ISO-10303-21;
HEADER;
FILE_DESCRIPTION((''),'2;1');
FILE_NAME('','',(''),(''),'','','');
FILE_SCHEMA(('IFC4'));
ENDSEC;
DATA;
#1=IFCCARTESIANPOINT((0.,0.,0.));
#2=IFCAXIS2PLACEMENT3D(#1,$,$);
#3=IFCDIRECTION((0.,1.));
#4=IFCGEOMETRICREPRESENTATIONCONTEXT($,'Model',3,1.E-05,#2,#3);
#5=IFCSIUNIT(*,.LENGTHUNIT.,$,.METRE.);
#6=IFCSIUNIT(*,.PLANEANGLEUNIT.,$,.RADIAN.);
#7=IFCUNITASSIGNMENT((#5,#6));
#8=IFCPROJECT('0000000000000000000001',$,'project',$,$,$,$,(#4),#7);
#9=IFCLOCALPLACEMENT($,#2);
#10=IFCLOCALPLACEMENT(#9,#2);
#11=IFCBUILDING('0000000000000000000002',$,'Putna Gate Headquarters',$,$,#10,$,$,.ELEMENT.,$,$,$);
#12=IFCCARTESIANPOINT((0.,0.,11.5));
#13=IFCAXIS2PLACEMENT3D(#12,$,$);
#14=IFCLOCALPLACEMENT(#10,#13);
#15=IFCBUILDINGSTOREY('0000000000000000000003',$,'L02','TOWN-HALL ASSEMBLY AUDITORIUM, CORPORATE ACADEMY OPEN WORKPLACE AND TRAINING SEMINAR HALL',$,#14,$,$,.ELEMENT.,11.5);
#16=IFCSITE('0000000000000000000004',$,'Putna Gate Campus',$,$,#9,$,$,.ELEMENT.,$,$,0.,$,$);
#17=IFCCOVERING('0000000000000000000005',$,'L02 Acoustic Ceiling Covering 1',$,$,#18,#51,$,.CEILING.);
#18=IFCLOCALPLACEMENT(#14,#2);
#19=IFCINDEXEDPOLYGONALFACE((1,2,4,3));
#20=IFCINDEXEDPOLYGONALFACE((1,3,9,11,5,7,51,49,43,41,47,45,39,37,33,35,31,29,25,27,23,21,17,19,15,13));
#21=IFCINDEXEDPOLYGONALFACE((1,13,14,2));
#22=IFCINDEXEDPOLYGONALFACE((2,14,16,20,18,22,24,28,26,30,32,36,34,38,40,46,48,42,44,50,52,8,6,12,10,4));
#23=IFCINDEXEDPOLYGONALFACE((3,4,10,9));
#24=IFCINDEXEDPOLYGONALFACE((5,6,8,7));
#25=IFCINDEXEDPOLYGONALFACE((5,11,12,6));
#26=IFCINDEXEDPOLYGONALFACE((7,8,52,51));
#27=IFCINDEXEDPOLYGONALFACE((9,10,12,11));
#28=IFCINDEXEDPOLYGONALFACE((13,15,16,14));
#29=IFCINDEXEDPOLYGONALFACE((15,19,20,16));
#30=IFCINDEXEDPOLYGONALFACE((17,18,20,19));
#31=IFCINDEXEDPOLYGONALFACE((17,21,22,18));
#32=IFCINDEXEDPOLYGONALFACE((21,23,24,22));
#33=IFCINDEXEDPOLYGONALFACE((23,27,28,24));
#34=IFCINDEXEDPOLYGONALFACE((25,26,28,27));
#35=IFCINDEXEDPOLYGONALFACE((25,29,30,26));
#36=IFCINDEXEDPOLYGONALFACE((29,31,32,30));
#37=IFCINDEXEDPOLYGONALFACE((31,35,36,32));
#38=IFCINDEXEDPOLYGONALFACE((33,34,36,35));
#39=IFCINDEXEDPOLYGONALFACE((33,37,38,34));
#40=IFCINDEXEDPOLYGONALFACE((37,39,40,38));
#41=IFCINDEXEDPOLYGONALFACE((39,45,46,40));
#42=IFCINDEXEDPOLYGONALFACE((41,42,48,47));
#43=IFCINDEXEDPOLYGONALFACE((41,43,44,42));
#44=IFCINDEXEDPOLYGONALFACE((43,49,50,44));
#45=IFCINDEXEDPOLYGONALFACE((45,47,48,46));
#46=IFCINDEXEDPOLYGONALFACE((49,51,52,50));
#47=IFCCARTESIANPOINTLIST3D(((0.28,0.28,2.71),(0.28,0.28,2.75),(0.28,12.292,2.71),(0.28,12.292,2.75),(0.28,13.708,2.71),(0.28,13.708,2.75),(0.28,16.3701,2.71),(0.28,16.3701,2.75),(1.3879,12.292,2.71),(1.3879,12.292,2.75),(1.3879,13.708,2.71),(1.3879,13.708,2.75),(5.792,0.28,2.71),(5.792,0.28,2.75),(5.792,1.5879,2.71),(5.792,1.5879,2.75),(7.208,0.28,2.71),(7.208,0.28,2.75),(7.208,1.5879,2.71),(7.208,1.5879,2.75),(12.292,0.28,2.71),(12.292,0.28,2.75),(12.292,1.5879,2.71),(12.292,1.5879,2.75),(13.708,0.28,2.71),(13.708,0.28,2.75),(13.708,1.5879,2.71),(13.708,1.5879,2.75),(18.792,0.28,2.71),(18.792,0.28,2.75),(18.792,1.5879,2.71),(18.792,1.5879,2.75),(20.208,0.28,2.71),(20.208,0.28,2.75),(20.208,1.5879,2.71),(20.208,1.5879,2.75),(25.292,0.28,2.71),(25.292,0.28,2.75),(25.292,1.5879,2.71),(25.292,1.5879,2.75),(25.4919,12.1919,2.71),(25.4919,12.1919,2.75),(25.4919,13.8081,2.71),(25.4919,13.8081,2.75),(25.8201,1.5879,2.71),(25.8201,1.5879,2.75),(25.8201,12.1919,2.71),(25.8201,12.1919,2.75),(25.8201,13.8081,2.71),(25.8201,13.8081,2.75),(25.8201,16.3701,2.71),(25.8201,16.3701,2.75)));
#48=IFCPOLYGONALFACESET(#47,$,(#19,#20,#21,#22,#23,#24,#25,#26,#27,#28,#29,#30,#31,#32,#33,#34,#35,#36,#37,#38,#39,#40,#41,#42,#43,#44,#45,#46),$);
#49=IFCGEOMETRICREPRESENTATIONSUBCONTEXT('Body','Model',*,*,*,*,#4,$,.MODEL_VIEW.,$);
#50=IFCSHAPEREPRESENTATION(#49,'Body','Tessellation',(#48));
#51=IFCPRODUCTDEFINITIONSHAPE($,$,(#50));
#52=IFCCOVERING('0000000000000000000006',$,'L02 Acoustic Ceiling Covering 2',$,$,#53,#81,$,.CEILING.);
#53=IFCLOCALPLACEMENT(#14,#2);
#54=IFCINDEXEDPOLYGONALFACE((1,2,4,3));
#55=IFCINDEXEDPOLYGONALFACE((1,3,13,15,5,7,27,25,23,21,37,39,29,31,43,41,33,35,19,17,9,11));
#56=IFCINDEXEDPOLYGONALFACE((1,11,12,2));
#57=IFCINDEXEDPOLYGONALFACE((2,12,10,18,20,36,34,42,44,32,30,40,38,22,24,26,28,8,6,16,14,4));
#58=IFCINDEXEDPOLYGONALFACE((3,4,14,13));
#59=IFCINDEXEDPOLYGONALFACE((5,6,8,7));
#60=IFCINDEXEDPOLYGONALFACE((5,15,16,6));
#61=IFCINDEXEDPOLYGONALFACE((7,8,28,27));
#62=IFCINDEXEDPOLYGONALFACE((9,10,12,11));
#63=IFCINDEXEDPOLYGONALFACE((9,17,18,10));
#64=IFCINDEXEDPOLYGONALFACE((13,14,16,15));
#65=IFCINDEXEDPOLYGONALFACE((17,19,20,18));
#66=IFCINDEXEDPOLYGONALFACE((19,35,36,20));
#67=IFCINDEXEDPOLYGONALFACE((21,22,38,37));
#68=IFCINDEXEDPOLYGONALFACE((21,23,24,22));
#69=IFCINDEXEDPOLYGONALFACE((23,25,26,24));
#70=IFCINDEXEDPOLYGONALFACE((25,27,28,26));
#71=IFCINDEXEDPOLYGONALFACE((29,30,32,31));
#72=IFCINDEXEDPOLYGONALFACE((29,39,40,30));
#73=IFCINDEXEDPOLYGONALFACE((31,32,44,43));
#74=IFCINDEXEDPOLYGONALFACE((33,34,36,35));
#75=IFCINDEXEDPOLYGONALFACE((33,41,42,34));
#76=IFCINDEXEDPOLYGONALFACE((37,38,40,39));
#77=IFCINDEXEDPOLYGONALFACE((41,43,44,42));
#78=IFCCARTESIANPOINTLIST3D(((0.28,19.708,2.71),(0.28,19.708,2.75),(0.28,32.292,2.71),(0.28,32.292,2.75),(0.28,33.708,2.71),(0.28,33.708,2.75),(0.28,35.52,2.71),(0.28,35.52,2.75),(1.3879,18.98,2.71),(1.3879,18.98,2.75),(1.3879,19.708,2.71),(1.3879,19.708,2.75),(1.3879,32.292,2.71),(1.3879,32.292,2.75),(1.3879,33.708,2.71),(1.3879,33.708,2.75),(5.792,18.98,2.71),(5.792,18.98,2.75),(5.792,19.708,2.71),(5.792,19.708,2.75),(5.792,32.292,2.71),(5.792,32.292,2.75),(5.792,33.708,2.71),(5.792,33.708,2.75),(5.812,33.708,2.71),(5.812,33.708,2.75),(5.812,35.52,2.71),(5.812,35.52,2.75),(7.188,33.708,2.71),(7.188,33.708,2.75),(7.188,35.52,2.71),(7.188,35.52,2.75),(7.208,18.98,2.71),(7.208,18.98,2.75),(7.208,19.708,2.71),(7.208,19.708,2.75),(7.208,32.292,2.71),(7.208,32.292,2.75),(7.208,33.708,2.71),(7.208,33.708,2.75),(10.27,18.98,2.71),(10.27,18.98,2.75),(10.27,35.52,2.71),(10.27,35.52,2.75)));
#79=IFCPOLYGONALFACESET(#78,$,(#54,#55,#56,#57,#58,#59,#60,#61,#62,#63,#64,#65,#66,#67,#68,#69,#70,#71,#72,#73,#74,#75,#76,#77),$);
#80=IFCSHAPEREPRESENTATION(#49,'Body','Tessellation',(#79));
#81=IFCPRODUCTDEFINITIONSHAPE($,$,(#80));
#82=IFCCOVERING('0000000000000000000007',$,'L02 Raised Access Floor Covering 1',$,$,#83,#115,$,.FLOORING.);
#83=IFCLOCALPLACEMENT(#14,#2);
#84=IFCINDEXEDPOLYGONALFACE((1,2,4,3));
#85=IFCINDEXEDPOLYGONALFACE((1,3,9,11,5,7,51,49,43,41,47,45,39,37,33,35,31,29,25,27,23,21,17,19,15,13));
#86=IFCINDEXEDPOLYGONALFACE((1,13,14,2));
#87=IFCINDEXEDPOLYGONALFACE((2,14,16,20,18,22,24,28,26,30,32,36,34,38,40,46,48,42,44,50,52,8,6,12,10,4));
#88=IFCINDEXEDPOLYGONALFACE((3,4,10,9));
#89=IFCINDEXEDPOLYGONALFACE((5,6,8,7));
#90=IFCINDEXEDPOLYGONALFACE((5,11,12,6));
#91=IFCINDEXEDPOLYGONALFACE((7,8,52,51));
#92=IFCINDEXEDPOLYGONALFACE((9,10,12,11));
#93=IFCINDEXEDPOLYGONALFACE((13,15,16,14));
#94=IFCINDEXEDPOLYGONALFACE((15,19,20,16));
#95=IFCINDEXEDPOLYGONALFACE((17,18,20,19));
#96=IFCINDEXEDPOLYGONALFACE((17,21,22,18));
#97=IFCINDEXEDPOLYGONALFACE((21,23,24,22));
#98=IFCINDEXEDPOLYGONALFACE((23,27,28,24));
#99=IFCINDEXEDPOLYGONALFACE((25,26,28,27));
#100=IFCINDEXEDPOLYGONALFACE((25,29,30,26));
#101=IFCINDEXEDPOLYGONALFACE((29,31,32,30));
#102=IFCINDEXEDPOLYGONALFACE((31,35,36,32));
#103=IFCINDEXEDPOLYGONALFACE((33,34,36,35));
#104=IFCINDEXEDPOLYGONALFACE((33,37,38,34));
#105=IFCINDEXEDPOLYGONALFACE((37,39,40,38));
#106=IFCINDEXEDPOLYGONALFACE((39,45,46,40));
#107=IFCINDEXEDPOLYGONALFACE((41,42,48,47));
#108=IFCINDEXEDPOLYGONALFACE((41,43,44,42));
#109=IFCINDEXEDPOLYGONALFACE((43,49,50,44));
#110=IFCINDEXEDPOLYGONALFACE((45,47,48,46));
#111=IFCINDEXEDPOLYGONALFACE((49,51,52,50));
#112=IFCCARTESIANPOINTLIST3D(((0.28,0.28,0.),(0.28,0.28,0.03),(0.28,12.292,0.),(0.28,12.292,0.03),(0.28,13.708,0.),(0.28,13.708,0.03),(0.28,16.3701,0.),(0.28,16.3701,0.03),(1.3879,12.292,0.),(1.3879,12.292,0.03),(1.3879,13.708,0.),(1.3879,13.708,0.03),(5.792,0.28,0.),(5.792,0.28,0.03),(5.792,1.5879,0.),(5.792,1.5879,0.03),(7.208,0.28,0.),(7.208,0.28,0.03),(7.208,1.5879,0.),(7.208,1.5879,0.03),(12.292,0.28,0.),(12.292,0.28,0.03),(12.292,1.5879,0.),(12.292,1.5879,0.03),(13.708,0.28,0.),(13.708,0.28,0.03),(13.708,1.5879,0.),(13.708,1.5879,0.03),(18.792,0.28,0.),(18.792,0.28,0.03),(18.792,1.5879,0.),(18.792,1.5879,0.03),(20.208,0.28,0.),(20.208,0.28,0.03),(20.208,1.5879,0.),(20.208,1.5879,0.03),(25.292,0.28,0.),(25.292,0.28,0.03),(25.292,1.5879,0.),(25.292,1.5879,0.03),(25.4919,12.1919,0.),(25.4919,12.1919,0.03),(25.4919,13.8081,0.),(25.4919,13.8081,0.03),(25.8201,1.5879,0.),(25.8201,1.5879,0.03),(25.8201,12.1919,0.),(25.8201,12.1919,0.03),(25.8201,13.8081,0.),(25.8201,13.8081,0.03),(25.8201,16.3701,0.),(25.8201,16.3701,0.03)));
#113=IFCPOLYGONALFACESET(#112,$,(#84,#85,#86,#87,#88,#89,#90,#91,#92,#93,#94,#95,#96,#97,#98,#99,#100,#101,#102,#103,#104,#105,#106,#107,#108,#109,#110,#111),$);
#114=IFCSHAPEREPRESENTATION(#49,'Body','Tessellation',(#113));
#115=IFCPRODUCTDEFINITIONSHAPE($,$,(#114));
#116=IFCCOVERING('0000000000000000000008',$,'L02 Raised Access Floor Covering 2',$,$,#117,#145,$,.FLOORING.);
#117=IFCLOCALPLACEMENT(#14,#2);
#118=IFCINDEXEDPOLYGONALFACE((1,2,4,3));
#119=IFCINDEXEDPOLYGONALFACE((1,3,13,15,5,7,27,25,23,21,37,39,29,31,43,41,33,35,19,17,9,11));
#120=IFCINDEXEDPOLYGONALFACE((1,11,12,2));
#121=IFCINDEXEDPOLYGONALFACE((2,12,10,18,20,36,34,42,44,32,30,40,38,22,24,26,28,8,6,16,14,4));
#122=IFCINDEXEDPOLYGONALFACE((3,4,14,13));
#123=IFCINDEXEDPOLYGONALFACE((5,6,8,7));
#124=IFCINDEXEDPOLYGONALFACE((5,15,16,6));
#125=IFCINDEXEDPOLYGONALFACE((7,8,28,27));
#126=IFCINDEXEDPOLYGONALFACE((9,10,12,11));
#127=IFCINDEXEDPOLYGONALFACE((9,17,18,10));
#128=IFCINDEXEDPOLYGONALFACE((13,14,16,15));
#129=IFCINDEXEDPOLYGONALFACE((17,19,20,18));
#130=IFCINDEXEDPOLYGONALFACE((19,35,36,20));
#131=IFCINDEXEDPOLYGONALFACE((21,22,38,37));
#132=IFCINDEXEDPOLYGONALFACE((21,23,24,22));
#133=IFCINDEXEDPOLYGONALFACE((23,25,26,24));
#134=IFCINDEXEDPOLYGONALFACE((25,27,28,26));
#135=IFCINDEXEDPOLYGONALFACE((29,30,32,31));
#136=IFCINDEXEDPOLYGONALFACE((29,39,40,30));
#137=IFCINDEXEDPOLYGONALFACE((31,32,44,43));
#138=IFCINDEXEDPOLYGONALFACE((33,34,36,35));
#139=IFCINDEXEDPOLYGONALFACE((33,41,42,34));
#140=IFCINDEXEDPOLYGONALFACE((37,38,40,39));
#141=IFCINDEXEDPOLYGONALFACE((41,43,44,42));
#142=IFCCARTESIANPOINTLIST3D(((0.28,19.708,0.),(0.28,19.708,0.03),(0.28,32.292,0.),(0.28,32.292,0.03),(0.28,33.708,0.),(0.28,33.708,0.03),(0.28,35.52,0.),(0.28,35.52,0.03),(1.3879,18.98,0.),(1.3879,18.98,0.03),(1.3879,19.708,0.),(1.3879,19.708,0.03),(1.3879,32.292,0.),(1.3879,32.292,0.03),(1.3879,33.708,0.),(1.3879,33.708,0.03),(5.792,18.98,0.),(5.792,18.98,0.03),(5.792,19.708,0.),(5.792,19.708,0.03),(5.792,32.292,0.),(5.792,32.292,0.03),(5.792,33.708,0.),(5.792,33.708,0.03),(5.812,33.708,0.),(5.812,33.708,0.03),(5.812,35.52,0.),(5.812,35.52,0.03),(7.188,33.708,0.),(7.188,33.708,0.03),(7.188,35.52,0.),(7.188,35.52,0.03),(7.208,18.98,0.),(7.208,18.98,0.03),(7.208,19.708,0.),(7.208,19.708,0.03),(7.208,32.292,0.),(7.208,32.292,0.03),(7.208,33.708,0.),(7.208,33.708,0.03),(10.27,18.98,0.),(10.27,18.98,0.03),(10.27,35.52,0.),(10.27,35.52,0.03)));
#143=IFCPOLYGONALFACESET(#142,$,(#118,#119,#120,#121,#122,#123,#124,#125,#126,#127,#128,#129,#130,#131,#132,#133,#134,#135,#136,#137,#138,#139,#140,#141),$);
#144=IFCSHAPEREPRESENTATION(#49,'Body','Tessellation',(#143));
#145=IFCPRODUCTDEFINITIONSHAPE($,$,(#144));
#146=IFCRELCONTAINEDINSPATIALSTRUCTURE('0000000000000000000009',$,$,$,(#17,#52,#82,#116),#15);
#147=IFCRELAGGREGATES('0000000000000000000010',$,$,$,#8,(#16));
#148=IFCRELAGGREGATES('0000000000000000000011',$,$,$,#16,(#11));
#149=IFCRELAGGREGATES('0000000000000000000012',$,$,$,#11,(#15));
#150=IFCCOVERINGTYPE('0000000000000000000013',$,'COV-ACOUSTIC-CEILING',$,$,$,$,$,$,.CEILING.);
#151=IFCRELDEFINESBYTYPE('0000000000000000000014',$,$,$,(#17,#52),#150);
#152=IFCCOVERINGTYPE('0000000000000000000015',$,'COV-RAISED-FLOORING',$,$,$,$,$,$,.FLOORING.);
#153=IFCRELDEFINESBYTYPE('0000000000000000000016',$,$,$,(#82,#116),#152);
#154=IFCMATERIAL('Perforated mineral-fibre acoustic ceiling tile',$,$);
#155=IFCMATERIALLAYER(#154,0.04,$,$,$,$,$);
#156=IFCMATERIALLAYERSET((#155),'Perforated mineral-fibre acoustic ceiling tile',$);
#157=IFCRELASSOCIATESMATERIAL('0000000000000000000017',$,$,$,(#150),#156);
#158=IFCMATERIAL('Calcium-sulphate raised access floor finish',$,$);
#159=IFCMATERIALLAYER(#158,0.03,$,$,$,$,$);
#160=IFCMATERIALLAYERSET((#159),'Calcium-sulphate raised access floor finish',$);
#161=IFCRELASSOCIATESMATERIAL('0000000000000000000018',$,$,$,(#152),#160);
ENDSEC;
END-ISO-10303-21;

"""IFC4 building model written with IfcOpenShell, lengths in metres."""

from ifc_helpers import new_model, si_unit, direction, frame, origin, place, context, subcontext, project, spatial, polyline, outline, extrude, material, layer, layer_set, type_object, element, save


model = new_model("IFC4")

# Units and contexts
model_context = context("Model", 3, precision=1e-05, world=origin(), true_north=direction((0.0, 1.0)))
body_context = subcontext(model_context, "Body", "Model", "MODEL_VIEW")
ifc_project = project(units=[si_unit("LENGTHUNIT", "METRE"), si_unit("PLANEANGLEUNIT", "RADIAN")], contexts=[model_context])

# Site, building, storey
site_placement = place(None, origin())
site = spatial("IfcSite", under=ifc_project, at=site_placement, Name="Putna Gate Campus", CompositionType="ELEMENT", RefElevation=0.0)
building_placement = place(site_placement, origin())
building = spatial("IfcBuilding", under=site, at=building_placement, Name="Putna Gate Headquarters", CompositionType="ELEMENT")
storey_placement = place(building_placement, frame((0.0, 0.0, 11.5)))
storey = spatial("IfcBuildingStorey", under=building, at=storey_placement, Name="L02", Description="TOWN-HALL ASSEMBLY AUDITORIUM, CORPORATE ACADEMY OPEN WORKPLACE AND TRAINING SEMINAR HALL", CompositionType="ELEMENT", Elevation=11.5)

# Coverings
ifc_material_1 = material(Name="Perforated mineral-fibre acoustic ceiling tile")
ifc_layer_1 = layer(ifc_material_1, 0.04)
ifc_layer_set_1 = layer_set([ifc_layer_1], Name="Perforated mineral-fibre acoustic ceiling tile")
covering_type_1 = type_object("IfcCoveringType", Name="COV-ACOUSTIC-CEILING", PredefinedType="CEILING", material=ifc_layer_set_1)
covering_1_placement = place(storey_placement, frame((0.0, 0.0, 2.71)))
element("IfcCovering", 1, at=covering_1_placement, inside=storey, type_object=covering_type_1, Name="L02 Acoustic Ceiling Covering 1", PredefinedType="CEILING", context=body_context, shape_type="SweptSolid", body=[
    extrude(outline(polyline([(0.28, 13.708), (1.3879, 13.708), (1.3879, 12.292), (0.28, 12.292), (0.28, 0.28), (5.792, 0.28), (5.792, 1.5879), (7.208, 1.5879), (7.208, 0.28), (12.292, 0.28), (12.292, 1.5879), (13.708, 1.5879), (13.708, 0.28), (18.792, 0.28), (18.792, 1.5879), (20.208, 1.5879), (20.208, 0.28), (25.292, 0.28), (25.292, 1.5879), (25.8201, 1.5879), (25.8201, 12.1919), (25.4919, 12.1919), (25.4919, 13.8081), (25.8201, 13.8081), (25.8201, 16.3701), (0.28, 16.3701), (0.28, 13.708)])), origin(), (0.0, 0.0, 1.0), 0.04),
])
covering_2_placement = place(storey_placement, frame((0.0, 0.0, 2.71)))
element("IfcCovering", 2, at=covering_2_placement, inside=storey, type_object=covering_type_1, Name="L02 Acoustic Ceiling Covering 2", PredefinedType="CEILING", context=body_context, shape_type="SweptSolid", body=[
    extrude(outline(polyline([(10.27, 35.52), (7.188, 35.52), (7.188, 33.708), (7.208, 33.708), (7.208, 32.292), (5.792, 32.292), (5.792, 33.708), (5.812, 33.708), (5.812, 35.52), (0.28, 35.52), (0.28, 33.708), (1.3879, 33.708), (1.3879, 32.292), (0.28, 32.292), (0.28, 19.708), (1.3879, 19.708), (1.3879, 18.98), (5.792, 18.98), (5.792, 19.708), (7.208, 19.708), (7.208, 18.98), (10.27, 18.98), (10.27, 35.52)])), origin(), (0.0, 0.0, 1.0), 0.04),
])
ifc_material_2 = material(Name="Calcium-sulphate raised access floor finish")
ifc_layer_2 = layer(ifc_material_2, 0.03)
ifc_layer_set_2 = layer_set([ifc_layer_2], Name="Calcium-sulphate raised access floor finish")
covering_type_2 = type_object("IfcCoveringType", Name="COV-RAISED-FLOORING", PredefinedType="FLOORING", material=ifc_layer_set_2)
covering_3_placement = place(storey_placement, origin())
element("IfcCovering", 3, at=covering_3_placement, inside=storey, type_object=covering_type_2, Name="L02 Raised Access Floor Covering 1", PredefinedType="FLOORING", context=body_context, shape_type="SweptSolid", body=[
    extrude(outline(polyline([(0.28, 13.708), (1.3879, 13.708), (1.3879, 12.292), (0.28, 12.292), (0.28, 0.28), (5.792, 0.28), (5.792, 1.5879), (7.208, 1.5879), (7.208, 0.28), (12.292, 0.28), (12.292, 1.5879), (13.708, 1.5879), (13.708, 0.28), (18.792, 0.28), (18.792, 1.5879), (20.208, 1.5879), (20.208, 0.28), (25.292, 0.28), (25.292, 1.5879), (25.8201, 1.5879), (25.8201, 12.1919), (25.4919, 12.1919), (25.4919, 13.8081), (25.8201, 13.8081), (25.8201, 16.3701), (0.28, 16.3701), (0.28, 13.708)])), origin(), (0.0, 0.0, 1.0), 0.03),
])
covering_4_placement = place(storey_placement, origin())
element("IfcCovering", 4, at=covering_4_placement, inside=storey, type_object=covering_type_2, Name="L02 Raised Access Floor Covering 2", PredefinedType="FLOORING", context=body_context, shape_type="SweptSolid", body=[
    extrude(outline(polyline([(10.27, 35.52), (7.188, 35.52), (7.188, 33.708), (7.208, 33.708), (7.208, 32.292), (5.792, 32.292), (5.792, 33.708), (5.812, 33.708), (5.812, 35.52), (0.28, 35.52), (0.28, 33.708), (1.3879, 33.708), (1.3879, 32.292), (0.28, 32.292), (0.28, 19.708), (1.3879, 19.708), (1.3879, 18.98), (5.792, 18.98), (5.792, 19.708), (7.208, 19.708), (7.208, 18.98), (10.27, 18.98), (10.27, 35.52)])), origin(), (0.0, 0.0, 1.0), 0.03),
])

save(model, "model.ifc")
